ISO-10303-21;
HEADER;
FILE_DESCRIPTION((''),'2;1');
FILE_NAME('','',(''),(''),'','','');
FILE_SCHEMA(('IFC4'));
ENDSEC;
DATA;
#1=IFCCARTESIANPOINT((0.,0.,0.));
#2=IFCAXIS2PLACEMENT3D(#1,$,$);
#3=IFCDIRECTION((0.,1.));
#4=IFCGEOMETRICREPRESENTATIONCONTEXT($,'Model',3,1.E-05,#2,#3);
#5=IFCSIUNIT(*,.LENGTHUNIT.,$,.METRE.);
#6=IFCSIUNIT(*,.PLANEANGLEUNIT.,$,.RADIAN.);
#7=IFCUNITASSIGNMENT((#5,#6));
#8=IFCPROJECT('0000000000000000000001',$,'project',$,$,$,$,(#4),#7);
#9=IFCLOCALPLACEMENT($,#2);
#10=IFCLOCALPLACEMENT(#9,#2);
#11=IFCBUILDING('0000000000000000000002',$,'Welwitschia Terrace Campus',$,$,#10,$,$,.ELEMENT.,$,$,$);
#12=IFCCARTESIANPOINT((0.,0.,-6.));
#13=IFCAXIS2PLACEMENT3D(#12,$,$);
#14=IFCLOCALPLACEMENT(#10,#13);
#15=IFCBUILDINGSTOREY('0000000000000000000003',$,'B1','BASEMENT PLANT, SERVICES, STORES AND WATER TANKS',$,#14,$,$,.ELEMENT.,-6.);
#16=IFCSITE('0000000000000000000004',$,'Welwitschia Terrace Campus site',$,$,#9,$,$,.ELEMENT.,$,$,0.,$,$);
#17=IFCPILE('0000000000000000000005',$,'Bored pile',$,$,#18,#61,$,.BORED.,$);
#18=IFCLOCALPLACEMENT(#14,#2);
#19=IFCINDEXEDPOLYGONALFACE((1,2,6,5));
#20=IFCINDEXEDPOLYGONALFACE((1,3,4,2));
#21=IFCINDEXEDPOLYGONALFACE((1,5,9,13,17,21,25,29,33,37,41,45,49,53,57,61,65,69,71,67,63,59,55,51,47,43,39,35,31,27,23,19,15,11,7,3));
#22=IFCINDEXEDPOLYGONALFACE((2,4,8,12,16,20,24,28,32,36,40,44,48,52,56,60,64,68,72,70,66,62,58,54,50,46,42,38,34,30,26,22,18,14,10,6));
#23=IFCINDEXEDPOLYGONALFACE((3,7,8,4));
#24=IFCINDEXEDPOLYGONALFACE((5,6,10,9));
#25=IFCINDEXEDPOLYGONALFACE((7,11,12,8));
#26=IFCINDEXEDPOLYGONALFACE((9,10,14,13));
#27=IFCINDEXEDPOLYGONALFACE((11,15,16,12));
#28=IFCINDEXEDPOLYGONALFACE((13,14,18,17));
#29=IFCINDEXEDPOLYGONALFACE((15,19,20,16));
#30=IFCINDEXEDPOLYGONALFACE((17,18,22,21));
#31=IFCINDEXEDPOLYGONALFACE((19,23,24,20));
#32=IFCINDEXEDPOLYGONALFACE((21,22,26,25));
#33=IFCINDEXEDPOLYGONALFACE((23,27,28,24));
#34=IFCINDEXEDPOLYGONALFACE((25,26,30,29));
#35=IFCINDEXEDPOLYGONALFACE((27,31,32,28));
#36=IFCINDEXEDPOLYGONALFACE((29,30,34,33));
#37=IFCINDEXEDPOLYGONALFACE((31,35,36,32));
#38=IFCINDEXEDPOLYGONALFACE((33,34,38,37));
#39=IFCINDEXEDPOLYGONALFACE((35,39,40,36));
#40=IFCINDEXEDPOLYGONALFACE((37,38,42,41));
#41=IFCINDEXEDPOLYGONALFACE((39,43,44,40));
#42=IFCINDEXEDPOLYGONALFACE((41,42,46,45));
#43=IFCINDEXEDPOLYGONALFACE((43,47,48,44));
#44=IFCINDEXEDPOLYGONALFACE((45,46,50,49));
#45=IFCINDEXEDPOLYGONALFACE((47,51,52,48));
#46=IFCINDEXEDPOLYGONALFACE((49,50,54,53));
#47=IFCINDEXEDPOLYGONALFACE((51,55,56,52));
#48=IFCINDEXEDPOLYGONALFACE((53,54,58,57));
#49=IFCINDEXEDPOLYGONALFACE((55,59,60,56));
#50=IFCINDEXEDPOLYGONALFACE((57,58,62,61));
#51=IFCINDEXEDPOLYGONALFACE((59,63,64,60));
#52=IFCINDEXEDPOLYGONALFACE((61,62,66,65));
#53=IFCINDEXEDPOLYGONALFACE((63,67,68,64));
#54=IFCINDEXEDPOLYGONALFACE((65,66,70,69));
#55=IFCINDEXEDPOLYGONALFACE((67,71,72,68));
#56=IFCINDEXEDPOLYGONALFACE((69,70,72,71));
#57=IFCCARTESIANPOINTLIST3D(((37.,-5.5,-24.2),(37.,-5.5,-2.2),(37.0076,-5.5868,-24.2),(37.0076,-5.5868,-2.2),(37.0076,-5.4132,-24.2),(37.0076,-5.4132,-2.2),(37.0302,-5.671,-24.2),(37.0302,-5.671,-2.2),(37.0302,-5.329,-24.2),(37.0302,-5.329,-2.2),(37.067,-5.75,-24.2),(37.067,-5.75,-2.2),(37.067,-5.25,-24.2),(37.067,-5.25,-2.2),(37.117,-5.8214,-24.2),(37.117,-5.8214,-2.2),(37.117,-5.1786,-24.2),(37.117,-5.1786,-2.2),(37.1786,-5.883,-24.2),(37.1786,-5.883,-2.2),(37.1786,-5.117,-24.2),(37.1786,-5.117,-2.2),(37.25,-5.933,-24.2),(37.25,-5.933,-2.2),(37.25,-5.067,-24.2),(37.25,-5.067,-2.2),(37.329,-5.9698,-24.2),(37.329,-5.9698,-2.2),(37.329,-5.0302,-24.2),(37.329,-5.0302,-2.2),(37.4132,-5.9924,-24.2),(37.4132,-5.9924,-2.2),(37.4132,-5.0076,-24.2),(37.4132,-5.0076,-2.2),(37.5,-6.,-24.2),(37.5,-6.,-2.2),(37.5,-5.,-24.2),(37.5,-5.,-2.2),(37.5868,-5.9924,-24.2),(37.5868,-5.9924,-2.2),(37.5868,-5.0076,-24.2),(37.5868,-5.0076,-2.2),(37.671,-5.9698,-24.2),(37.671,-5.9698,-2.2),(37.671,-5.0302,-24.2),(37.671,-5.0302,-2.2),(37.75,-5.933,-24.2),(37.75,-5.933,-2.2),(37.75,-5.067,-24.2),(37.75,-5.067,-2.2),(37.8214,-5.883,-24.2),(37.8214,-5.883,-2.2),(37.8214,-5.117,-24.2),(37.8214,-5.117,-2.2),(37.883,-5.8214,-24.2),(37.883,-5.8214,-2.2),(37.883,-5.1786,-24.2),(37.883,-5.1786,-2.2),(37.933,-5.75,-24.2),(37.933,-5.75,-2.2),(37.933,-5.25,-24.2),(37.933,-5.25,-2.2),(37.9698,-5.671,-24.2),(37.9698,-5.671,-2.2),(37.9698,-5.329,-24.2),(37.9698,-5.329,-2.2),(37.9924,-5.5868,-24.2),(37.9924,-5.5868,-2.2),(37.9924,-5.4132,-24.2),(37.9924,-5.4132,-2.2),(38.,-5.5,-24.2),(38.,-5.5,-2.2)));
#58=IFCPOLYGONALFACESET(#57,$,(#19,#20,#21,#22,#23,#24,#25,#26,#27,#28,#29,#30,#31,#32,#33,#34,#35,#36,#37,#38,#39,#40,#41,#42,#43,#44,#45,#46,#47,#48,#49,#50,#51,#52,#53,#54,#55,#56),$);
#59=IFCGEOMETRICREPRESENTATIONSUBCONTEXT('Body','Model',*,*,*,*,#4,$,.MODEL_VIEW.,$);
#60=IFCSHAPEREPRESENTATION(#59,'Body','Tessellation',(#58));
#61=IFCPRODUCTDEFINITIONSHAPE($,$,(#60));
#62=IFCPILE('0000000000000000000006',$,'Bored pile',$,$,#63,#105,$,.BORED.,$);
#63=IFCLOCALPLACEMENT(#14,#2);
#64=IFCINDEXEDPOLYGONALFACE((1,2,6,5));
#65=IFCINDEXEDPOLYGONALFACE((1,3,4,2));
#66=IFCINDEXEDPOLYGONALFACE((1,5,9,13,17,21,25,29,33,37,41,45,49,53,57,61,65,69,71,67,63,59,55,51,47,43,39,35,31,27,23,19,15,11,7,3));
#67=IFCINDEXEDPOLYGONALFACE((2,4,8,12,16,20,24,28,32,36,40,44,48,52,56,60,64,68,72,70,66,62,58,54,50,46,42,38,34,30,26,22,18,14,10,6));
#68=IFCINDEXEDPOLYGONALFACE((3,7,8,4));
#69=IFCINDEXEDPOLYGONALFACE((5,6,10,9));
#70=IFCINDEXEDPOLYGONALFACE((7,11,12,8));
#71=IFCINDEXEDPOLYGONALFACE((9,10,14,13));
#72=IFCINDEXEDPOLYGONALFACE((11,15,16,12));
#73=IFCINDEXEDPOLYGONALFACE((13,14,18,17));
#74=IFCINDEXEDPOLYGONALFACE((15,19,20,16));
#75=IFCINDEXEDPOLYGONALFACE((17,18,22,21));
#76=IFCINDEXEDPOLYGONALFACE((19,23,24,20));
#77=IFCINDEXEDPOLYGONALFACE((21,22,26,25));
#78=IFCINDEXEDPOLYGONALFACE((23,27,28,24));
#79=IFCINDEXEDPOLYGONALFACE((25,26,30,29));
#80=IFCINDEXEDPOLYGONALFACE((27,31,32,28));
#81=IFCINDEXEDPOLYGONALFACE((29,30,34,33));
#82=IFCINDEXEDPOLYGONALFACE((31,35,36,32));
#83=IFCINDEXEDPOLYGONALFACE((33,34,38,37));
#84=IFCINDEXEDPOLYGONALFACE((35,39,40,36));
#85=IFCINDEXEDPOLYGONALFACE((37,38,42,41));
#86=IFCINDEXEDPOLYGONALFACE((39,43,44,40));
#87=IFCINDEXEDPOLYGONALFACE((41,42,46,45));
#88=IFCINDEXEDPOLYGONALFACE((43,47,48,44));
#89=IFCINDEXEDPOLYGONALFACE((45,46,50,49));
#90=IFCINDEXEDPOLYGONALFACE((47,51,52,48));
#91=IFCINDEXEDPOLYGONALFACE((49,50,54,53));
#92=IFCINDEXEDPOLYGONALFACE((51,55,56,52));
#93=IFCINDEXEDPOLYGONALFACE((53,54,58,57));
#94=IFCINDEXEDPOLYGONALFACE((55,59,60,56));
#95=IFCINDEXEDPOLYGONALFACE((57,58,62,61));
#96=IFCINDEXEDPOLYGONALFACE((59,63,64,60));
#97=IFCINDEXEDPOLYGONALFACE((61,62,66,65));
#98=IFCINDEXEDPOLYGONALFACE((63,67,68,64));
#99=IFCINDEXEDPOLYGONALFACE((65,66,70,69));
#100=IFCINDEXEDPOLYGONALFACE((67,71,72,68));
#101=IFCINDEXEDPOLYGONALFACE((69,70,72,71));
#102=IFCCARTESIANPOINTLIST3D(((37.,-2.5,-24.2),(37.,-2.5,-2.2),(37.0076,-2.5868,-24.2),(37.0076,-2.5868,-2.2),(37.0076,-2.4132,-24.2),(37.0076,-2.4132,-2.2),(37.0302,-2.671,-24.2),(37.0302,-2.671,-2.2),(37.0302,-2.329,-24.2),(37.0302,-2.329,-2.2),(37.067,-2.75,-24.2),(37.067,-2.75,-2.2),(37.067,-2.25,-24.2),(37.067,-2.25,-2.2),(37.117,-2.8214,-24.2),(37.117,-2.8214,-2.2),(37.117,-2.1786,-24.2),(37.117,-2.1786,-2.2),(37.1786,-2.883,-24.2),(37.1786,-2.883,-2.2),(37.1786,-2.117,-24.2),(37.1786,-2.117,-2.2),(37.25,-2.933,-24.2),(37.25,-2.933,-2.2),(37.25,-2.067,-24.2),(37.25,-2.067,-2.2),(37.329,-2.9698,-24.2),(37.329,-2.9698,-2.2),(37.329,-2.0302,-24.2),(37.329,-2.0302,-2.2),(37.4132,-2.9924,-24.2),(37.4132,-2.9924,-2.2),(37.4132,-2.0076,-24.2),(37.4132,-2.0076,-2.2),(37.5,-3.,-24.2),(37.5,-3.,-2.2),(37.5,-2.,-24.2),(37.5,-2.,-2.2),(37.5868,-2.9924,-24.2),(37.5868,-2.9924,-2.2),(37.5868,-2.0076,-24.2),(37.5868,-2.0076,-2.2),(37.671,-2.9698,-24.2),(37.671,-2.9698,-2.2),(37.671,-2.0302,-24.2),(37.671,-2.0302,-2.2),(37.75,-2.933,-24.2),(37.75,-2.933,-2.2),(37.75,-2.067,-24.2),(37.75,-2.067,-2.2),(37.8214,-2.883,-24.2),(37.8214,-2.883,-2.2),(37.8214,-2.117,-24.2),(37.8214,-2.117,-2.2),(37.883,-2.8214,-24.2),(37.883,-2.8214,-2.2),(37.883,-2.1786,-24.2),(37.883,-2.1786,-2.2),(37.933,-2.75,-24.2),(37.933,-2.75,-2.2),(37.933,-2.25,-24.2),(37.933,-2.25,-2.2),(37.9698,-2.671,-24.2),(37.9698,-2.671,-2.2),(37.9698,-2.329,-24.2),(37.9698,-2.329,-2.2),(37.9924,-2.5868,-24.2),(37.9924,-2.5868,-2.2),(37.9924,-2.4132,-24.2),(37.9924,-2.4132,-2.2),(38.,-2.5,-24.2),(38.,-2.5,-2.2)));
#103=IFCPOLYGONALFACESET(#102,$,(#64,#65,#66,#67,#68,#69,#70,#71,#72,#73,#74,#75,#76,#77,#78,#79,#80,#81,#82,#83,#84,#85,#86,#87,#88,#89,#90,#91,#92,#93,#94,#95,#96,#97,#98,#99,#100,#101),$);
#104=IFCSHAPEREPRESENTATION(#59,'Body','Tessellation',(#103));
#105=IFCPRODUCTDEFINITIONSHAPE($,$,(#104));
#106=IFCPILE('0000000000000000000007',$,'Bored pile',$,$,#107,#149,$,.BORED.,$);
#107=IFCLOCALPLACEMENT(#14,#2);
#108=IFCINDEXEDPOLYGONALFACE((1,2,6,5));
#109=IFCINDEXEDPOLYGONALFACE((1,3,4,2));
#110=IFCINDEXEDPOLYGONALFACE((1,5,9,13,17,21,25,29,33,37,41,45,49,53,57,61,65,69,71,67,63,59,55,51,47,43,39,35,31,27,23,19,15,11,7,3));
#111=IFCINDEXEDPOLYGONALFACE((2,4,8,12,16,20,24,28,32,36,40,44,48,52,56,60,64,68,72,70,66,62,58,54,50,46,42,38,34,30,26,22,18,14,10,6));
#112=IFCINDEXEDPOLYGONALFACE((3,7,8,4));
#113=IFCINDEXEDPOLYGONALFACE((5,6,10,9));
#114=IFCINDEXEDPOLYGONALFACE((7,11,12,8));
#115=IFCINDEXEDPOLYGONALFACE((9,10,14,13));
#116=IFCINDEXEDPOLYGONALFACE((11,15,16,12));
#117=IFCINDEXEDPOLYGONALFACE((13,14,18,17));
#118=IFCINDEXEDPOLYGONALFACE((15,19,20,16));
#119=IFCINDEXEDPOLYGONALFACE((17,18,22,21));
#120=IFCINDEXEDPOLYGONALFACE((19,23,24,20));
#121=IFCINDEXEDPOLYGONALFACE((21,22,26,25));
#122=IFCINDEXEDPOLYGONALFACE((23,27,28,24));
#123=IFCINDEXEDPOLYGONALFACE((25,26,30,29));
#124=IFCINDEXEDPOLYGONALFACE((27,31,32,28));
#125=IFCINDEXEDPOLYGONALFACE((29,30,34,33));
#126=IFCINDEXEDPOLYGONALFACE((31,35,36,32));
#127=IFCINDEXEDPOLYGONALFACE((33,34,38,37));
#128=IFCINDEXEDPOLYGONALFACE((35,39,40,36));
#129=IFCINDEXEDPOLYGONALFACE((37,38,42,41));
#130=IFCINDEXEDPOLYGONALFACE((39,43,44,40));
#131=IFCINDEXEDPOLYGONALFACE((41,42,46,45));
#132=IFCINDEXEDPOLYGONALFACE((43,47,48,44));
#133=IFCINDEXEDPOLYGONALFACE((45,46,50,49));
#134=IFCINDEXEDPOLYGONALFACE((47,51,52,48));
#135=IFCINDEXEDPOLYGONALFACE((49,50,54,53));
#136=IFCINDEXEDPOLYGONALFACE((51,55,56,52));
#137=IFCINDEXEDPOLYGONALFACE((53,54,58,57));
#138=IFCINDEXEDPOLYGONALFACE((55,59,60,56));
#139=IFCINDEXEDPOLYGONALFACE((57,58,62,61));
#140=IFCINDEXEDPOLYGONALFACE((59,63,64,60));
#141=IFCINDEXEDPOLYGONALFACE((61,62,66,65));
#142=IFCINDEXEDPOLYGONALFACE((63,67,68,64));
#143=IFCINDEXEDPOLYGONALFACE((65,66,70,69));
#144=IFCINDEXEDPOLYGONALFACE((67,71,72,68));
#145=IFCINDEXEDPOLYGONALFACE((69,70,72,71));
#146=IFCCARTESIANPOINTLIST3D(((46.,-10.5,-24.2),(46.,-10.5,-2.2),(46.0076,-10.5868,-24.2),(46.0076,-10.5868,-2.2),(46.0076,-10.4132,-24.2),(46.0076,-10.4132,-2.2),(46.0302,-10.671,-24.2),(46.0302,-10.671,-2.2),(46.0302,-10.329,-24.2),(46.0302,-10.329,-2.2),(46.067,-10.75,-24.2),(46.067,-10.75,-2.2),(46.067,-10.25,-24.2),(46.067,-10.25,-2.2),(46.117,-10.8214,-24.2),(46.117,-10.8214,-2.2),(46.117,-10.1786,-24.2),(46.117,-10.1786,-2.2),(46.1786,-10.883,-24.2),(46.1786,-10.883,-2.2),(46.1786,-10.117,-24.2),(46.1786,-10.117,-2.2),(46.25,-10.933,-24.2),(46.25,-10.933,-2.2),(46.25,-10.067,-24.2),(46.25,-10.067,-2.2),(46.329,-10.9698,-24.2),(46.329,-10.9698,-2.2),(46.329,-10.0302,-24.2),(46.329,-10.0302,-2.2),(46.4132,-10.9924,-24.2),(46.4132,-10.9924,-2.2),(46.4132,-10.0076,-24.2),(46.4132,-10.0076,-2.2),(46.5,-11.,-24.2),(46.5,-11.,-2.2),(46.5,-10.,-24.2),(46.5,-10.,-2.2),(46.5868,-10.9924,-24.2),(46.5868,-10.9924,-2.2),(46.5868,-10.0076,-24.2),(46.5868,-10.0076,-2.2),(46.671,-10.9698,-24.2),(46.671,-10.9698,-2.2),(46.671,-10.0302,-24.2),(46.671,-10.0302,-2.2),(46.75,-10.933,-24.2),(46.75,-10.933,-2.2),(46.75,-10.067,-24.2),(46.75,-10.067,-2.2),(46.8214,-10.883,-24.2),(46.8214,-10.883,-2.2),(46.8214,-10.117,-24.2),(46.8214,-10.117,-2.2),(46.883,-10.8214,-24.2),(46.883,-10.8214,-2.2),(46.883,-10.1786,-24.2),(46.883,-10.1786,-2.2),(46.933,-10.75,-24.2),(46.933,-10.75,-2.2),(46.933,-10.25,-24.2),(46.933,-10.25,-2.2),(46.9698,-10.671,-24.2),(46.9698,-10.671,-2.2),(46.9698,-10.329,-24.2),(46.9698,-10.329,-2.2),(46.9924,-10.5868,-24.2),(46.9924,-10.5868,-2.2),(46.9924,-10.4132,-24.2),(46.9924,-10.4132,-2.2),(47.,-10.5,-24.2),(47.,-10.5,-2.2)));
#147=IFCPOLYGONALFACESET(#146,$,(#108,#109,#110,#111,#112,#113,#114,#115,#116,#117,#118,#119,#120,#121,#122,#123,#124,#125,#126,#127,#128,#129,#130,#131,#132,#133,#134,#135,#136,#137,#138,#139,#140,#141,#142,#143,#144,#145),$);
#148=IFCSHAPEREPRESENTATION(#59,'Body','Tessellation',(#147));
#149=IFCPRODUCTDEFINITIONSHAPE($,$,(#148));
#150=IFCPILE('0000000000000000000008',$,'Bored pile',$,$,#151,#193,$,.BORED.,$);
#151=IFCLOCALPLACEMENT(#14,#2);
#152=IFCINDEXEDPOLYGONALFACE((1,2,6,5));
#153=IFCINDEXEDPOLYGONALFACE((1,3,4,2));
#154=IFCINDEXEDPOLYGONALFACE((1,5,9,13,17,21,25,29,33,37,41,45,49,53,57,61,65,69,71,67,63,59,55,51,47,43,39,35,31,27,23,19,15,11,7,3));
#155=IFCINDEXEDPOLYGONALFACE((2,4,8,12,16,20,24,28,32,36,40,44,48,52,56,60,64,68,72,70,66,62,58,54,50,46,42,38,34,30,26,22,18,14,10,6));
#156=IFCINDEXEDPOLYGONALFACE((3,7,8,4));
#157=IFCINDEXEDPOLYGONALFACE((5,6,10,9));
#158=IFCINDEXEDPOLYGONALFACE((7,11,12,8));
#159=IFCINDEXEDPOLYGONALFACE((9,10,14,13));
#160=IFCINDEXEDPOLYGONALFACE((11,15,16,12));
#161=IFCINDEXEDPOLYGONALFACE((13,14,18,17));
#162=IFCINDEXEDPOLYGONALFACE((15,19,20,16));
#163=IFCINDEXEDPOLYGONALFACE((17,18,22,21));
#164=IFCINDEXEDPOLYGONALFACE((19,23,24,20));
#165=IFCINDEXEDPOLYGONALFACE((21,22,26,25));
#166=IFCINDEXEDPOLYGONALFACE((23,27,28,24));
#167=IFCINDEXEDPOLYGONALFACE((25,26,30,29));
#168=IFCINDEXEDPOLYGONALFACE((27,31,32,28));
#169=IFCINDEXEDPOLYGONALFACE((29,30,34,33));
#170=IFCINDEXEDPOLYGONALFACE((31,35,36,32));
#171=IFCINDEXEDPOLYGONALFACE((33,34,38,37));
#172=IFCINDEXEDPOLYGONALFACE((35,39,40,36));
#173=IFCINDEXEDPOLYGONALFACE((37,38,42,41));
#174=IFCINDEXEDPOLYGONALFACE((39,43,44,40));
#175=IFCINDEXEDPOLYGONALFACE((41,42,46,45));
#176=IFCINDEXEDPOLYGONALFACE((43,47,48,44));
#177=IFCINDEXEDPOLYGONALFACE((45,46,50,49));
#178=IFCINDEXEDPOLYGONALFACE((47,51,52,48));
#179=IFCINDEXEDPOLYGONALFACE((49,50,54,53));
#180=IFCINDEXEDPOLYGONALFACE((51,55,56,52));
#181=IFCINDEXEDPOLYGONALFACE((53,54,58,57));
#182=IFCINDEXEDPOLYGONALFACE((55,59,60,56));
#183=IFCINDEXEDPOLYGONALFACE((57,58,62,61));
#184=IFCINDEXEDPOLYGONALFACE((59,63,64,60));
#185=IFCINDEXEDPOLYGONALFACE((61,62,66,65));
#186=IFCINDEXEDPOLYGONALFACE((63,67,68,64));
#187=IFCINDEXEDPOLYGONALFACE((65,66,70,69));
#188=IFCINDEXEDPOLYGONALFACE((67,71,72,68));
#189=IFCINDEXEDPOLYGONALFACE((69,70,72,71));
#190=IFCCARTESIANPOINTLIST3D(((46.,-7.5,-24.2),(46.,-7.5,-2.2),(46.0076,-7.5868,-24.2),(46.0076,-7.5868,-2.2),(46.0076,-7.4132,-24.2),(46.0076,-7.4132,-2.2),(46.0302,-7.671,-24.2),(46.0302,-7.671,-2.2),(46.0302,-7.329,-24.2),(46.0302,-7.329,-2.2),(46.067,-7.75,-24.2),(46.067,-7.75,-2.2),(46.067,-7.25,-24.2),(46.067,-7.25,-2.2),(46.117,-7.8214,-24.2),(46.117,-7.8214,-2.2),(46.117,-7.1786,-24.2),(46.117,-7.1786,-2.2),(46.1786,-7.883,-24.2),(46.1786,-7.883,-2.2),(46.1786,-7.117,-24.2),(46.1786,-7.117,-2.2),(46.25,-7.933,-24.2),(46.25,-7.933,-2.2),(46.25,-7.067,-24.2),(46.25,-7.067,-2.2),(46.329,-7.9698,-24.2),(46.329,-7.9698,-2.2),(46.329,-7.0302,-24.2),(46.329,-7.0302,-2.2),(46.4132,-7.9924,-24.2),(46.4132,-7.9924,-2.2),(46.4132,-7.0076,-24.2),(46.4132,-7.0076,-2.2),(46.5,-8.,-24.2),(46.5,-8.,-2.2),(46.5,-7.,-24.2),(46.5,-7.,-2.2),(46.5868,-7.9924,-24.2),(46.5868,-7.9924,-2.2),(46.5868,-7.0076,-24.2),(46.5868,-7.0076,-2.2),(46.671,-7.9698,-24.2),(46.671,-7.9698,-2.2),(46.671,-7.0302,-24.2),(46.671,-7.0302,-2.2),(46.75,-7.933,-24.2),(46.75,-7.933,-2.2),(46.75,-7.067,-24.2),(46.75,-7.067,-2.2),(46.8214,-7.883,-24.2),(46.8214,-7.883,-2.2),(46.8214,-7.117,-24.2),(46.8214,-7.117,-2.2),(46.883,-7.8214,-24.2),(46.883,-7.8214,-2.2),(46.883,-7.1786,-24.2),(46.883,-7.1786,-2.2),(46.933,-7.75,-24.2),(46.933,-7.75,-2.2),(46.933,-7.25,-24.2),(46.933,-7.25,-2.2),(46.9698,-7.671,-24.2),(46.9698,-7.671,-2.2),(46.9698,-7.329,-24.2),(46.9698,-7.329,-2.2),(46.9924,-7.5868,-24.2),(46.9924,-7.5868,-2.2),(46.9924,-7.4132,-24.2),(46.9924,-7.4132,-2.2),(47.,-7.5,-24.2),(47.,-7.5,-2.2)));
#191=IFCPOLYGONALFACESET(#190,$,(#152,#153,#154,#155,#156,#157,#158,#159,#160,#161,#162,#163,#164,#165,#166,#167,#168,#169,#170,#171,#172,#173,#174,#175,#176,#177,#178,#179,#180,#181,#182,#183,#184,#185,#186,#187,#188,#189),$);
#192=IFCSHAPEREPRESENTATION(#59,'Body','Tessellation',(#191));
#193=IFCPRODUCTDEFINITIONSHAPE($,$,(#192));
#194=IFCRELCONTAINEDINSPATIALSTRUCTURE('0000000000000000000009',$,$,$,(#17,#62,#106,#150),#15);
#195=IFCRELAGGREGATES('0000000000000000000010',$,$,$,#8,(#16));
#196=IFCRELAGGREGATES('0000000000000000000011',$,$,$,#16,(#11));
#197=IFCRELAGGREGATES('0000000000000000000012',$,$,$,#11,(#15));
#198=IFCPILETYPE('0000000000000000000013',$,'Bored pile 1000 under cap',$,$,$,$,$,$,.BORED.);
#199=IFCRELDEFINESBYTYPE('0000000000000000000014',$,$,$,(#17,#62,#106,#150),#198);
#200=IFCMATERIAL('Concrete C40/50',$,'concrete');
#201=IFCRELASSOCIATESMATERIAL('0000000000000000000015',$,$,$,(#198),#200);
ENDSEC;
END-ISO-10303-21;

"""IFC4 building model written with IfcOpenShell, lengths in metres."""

from ifc_helpers import new_model, si_unit, direction, frame, origin, origin_2d, place, context, subcontext, project, spatial, circle, extrude, material, type_object, element, save


model = new_model("IFC4")

# Units and contexts
model_context = context("Model", 3, precision=1e-05, world=origin(), true_north=direction((0.0, 1.0)))
body_context = subcontext(model_context, "Body", "Model", "MODEL_VIEW")
ifc_project = project(units=[si_unit("LENGTHUNIT", "METRE"), si_unit("PLANEANGLEUNIT", "RADIAN")], contexts=[model_context])

# Site, building, storey
site_placement = place(None, origin())
site = spatial("IfcSite", under=ifc_project, at=site_placement, Name="Welwitschia Terrace Campus site", CompositionType="ELEMENT", RefElevation=0.0)
building_placement = place(site_placement, origin())
building = spatial("IfcBuilding", under=site, at=building_placement, Name="Welwitschia Terrace Campus", CompositionType="ELEMENT")
storey_placement = place(building_placement, frame((0.0, 0.0, -6.0)))
storey = spatial("IfcBuildingStorey", under=building, at=storey_placement, Name="B1", Description="BASEMENT PLANT, SERVICES, STORES AND WATER TANKS", CompositionType="ELEMENT", Elevation=-6.0)

# Piles
ifc_material_1 = material(Name="Concrete C40/50", Category="concrete")
pile_type = type_object("IfcPileType", Name="Bored pile 1000 under cap", PredefinedType="BORED", material=ifc_material_1)
for number, where, z_axis, x_axis, name in (
    (1, (37.5, -5.5, -2.2), (0.0, 0.0, -1.0), (1.0, 0.0, 0.0), "Bored pile"),
    (2, (37.5, -2.5, -2.2), (0.0, 0.0, -1.0), (1.0, 0.0, 0.0), "Bored pile"),
    (3, (46.5, -10.5, -2.2), (0.0, 0.0, -1.0), (1.0, 0.0, 0.0), "Bored pile"),
    (4, (46.5, -7.5, -2.2), (0.0, 0.0, -1.0), (1.0, 0.0, 0.0), "Bored pile"),
):
    element("IfcPile", number, at=place(storey_placement, frame(where, z_axis=z_axis, x_axis=x_axis)), inside=storey, type_object=pile_type, Name=name, PredefinedType="BORED", context=body_context, shape_type="SweptSolid", body=[
        extrude(circle(Radius=0.5, at=origin_2d()), origin(), (0.0, 0.0, 1.0), 22.0),
    ])

save(model, "model.ifc")
